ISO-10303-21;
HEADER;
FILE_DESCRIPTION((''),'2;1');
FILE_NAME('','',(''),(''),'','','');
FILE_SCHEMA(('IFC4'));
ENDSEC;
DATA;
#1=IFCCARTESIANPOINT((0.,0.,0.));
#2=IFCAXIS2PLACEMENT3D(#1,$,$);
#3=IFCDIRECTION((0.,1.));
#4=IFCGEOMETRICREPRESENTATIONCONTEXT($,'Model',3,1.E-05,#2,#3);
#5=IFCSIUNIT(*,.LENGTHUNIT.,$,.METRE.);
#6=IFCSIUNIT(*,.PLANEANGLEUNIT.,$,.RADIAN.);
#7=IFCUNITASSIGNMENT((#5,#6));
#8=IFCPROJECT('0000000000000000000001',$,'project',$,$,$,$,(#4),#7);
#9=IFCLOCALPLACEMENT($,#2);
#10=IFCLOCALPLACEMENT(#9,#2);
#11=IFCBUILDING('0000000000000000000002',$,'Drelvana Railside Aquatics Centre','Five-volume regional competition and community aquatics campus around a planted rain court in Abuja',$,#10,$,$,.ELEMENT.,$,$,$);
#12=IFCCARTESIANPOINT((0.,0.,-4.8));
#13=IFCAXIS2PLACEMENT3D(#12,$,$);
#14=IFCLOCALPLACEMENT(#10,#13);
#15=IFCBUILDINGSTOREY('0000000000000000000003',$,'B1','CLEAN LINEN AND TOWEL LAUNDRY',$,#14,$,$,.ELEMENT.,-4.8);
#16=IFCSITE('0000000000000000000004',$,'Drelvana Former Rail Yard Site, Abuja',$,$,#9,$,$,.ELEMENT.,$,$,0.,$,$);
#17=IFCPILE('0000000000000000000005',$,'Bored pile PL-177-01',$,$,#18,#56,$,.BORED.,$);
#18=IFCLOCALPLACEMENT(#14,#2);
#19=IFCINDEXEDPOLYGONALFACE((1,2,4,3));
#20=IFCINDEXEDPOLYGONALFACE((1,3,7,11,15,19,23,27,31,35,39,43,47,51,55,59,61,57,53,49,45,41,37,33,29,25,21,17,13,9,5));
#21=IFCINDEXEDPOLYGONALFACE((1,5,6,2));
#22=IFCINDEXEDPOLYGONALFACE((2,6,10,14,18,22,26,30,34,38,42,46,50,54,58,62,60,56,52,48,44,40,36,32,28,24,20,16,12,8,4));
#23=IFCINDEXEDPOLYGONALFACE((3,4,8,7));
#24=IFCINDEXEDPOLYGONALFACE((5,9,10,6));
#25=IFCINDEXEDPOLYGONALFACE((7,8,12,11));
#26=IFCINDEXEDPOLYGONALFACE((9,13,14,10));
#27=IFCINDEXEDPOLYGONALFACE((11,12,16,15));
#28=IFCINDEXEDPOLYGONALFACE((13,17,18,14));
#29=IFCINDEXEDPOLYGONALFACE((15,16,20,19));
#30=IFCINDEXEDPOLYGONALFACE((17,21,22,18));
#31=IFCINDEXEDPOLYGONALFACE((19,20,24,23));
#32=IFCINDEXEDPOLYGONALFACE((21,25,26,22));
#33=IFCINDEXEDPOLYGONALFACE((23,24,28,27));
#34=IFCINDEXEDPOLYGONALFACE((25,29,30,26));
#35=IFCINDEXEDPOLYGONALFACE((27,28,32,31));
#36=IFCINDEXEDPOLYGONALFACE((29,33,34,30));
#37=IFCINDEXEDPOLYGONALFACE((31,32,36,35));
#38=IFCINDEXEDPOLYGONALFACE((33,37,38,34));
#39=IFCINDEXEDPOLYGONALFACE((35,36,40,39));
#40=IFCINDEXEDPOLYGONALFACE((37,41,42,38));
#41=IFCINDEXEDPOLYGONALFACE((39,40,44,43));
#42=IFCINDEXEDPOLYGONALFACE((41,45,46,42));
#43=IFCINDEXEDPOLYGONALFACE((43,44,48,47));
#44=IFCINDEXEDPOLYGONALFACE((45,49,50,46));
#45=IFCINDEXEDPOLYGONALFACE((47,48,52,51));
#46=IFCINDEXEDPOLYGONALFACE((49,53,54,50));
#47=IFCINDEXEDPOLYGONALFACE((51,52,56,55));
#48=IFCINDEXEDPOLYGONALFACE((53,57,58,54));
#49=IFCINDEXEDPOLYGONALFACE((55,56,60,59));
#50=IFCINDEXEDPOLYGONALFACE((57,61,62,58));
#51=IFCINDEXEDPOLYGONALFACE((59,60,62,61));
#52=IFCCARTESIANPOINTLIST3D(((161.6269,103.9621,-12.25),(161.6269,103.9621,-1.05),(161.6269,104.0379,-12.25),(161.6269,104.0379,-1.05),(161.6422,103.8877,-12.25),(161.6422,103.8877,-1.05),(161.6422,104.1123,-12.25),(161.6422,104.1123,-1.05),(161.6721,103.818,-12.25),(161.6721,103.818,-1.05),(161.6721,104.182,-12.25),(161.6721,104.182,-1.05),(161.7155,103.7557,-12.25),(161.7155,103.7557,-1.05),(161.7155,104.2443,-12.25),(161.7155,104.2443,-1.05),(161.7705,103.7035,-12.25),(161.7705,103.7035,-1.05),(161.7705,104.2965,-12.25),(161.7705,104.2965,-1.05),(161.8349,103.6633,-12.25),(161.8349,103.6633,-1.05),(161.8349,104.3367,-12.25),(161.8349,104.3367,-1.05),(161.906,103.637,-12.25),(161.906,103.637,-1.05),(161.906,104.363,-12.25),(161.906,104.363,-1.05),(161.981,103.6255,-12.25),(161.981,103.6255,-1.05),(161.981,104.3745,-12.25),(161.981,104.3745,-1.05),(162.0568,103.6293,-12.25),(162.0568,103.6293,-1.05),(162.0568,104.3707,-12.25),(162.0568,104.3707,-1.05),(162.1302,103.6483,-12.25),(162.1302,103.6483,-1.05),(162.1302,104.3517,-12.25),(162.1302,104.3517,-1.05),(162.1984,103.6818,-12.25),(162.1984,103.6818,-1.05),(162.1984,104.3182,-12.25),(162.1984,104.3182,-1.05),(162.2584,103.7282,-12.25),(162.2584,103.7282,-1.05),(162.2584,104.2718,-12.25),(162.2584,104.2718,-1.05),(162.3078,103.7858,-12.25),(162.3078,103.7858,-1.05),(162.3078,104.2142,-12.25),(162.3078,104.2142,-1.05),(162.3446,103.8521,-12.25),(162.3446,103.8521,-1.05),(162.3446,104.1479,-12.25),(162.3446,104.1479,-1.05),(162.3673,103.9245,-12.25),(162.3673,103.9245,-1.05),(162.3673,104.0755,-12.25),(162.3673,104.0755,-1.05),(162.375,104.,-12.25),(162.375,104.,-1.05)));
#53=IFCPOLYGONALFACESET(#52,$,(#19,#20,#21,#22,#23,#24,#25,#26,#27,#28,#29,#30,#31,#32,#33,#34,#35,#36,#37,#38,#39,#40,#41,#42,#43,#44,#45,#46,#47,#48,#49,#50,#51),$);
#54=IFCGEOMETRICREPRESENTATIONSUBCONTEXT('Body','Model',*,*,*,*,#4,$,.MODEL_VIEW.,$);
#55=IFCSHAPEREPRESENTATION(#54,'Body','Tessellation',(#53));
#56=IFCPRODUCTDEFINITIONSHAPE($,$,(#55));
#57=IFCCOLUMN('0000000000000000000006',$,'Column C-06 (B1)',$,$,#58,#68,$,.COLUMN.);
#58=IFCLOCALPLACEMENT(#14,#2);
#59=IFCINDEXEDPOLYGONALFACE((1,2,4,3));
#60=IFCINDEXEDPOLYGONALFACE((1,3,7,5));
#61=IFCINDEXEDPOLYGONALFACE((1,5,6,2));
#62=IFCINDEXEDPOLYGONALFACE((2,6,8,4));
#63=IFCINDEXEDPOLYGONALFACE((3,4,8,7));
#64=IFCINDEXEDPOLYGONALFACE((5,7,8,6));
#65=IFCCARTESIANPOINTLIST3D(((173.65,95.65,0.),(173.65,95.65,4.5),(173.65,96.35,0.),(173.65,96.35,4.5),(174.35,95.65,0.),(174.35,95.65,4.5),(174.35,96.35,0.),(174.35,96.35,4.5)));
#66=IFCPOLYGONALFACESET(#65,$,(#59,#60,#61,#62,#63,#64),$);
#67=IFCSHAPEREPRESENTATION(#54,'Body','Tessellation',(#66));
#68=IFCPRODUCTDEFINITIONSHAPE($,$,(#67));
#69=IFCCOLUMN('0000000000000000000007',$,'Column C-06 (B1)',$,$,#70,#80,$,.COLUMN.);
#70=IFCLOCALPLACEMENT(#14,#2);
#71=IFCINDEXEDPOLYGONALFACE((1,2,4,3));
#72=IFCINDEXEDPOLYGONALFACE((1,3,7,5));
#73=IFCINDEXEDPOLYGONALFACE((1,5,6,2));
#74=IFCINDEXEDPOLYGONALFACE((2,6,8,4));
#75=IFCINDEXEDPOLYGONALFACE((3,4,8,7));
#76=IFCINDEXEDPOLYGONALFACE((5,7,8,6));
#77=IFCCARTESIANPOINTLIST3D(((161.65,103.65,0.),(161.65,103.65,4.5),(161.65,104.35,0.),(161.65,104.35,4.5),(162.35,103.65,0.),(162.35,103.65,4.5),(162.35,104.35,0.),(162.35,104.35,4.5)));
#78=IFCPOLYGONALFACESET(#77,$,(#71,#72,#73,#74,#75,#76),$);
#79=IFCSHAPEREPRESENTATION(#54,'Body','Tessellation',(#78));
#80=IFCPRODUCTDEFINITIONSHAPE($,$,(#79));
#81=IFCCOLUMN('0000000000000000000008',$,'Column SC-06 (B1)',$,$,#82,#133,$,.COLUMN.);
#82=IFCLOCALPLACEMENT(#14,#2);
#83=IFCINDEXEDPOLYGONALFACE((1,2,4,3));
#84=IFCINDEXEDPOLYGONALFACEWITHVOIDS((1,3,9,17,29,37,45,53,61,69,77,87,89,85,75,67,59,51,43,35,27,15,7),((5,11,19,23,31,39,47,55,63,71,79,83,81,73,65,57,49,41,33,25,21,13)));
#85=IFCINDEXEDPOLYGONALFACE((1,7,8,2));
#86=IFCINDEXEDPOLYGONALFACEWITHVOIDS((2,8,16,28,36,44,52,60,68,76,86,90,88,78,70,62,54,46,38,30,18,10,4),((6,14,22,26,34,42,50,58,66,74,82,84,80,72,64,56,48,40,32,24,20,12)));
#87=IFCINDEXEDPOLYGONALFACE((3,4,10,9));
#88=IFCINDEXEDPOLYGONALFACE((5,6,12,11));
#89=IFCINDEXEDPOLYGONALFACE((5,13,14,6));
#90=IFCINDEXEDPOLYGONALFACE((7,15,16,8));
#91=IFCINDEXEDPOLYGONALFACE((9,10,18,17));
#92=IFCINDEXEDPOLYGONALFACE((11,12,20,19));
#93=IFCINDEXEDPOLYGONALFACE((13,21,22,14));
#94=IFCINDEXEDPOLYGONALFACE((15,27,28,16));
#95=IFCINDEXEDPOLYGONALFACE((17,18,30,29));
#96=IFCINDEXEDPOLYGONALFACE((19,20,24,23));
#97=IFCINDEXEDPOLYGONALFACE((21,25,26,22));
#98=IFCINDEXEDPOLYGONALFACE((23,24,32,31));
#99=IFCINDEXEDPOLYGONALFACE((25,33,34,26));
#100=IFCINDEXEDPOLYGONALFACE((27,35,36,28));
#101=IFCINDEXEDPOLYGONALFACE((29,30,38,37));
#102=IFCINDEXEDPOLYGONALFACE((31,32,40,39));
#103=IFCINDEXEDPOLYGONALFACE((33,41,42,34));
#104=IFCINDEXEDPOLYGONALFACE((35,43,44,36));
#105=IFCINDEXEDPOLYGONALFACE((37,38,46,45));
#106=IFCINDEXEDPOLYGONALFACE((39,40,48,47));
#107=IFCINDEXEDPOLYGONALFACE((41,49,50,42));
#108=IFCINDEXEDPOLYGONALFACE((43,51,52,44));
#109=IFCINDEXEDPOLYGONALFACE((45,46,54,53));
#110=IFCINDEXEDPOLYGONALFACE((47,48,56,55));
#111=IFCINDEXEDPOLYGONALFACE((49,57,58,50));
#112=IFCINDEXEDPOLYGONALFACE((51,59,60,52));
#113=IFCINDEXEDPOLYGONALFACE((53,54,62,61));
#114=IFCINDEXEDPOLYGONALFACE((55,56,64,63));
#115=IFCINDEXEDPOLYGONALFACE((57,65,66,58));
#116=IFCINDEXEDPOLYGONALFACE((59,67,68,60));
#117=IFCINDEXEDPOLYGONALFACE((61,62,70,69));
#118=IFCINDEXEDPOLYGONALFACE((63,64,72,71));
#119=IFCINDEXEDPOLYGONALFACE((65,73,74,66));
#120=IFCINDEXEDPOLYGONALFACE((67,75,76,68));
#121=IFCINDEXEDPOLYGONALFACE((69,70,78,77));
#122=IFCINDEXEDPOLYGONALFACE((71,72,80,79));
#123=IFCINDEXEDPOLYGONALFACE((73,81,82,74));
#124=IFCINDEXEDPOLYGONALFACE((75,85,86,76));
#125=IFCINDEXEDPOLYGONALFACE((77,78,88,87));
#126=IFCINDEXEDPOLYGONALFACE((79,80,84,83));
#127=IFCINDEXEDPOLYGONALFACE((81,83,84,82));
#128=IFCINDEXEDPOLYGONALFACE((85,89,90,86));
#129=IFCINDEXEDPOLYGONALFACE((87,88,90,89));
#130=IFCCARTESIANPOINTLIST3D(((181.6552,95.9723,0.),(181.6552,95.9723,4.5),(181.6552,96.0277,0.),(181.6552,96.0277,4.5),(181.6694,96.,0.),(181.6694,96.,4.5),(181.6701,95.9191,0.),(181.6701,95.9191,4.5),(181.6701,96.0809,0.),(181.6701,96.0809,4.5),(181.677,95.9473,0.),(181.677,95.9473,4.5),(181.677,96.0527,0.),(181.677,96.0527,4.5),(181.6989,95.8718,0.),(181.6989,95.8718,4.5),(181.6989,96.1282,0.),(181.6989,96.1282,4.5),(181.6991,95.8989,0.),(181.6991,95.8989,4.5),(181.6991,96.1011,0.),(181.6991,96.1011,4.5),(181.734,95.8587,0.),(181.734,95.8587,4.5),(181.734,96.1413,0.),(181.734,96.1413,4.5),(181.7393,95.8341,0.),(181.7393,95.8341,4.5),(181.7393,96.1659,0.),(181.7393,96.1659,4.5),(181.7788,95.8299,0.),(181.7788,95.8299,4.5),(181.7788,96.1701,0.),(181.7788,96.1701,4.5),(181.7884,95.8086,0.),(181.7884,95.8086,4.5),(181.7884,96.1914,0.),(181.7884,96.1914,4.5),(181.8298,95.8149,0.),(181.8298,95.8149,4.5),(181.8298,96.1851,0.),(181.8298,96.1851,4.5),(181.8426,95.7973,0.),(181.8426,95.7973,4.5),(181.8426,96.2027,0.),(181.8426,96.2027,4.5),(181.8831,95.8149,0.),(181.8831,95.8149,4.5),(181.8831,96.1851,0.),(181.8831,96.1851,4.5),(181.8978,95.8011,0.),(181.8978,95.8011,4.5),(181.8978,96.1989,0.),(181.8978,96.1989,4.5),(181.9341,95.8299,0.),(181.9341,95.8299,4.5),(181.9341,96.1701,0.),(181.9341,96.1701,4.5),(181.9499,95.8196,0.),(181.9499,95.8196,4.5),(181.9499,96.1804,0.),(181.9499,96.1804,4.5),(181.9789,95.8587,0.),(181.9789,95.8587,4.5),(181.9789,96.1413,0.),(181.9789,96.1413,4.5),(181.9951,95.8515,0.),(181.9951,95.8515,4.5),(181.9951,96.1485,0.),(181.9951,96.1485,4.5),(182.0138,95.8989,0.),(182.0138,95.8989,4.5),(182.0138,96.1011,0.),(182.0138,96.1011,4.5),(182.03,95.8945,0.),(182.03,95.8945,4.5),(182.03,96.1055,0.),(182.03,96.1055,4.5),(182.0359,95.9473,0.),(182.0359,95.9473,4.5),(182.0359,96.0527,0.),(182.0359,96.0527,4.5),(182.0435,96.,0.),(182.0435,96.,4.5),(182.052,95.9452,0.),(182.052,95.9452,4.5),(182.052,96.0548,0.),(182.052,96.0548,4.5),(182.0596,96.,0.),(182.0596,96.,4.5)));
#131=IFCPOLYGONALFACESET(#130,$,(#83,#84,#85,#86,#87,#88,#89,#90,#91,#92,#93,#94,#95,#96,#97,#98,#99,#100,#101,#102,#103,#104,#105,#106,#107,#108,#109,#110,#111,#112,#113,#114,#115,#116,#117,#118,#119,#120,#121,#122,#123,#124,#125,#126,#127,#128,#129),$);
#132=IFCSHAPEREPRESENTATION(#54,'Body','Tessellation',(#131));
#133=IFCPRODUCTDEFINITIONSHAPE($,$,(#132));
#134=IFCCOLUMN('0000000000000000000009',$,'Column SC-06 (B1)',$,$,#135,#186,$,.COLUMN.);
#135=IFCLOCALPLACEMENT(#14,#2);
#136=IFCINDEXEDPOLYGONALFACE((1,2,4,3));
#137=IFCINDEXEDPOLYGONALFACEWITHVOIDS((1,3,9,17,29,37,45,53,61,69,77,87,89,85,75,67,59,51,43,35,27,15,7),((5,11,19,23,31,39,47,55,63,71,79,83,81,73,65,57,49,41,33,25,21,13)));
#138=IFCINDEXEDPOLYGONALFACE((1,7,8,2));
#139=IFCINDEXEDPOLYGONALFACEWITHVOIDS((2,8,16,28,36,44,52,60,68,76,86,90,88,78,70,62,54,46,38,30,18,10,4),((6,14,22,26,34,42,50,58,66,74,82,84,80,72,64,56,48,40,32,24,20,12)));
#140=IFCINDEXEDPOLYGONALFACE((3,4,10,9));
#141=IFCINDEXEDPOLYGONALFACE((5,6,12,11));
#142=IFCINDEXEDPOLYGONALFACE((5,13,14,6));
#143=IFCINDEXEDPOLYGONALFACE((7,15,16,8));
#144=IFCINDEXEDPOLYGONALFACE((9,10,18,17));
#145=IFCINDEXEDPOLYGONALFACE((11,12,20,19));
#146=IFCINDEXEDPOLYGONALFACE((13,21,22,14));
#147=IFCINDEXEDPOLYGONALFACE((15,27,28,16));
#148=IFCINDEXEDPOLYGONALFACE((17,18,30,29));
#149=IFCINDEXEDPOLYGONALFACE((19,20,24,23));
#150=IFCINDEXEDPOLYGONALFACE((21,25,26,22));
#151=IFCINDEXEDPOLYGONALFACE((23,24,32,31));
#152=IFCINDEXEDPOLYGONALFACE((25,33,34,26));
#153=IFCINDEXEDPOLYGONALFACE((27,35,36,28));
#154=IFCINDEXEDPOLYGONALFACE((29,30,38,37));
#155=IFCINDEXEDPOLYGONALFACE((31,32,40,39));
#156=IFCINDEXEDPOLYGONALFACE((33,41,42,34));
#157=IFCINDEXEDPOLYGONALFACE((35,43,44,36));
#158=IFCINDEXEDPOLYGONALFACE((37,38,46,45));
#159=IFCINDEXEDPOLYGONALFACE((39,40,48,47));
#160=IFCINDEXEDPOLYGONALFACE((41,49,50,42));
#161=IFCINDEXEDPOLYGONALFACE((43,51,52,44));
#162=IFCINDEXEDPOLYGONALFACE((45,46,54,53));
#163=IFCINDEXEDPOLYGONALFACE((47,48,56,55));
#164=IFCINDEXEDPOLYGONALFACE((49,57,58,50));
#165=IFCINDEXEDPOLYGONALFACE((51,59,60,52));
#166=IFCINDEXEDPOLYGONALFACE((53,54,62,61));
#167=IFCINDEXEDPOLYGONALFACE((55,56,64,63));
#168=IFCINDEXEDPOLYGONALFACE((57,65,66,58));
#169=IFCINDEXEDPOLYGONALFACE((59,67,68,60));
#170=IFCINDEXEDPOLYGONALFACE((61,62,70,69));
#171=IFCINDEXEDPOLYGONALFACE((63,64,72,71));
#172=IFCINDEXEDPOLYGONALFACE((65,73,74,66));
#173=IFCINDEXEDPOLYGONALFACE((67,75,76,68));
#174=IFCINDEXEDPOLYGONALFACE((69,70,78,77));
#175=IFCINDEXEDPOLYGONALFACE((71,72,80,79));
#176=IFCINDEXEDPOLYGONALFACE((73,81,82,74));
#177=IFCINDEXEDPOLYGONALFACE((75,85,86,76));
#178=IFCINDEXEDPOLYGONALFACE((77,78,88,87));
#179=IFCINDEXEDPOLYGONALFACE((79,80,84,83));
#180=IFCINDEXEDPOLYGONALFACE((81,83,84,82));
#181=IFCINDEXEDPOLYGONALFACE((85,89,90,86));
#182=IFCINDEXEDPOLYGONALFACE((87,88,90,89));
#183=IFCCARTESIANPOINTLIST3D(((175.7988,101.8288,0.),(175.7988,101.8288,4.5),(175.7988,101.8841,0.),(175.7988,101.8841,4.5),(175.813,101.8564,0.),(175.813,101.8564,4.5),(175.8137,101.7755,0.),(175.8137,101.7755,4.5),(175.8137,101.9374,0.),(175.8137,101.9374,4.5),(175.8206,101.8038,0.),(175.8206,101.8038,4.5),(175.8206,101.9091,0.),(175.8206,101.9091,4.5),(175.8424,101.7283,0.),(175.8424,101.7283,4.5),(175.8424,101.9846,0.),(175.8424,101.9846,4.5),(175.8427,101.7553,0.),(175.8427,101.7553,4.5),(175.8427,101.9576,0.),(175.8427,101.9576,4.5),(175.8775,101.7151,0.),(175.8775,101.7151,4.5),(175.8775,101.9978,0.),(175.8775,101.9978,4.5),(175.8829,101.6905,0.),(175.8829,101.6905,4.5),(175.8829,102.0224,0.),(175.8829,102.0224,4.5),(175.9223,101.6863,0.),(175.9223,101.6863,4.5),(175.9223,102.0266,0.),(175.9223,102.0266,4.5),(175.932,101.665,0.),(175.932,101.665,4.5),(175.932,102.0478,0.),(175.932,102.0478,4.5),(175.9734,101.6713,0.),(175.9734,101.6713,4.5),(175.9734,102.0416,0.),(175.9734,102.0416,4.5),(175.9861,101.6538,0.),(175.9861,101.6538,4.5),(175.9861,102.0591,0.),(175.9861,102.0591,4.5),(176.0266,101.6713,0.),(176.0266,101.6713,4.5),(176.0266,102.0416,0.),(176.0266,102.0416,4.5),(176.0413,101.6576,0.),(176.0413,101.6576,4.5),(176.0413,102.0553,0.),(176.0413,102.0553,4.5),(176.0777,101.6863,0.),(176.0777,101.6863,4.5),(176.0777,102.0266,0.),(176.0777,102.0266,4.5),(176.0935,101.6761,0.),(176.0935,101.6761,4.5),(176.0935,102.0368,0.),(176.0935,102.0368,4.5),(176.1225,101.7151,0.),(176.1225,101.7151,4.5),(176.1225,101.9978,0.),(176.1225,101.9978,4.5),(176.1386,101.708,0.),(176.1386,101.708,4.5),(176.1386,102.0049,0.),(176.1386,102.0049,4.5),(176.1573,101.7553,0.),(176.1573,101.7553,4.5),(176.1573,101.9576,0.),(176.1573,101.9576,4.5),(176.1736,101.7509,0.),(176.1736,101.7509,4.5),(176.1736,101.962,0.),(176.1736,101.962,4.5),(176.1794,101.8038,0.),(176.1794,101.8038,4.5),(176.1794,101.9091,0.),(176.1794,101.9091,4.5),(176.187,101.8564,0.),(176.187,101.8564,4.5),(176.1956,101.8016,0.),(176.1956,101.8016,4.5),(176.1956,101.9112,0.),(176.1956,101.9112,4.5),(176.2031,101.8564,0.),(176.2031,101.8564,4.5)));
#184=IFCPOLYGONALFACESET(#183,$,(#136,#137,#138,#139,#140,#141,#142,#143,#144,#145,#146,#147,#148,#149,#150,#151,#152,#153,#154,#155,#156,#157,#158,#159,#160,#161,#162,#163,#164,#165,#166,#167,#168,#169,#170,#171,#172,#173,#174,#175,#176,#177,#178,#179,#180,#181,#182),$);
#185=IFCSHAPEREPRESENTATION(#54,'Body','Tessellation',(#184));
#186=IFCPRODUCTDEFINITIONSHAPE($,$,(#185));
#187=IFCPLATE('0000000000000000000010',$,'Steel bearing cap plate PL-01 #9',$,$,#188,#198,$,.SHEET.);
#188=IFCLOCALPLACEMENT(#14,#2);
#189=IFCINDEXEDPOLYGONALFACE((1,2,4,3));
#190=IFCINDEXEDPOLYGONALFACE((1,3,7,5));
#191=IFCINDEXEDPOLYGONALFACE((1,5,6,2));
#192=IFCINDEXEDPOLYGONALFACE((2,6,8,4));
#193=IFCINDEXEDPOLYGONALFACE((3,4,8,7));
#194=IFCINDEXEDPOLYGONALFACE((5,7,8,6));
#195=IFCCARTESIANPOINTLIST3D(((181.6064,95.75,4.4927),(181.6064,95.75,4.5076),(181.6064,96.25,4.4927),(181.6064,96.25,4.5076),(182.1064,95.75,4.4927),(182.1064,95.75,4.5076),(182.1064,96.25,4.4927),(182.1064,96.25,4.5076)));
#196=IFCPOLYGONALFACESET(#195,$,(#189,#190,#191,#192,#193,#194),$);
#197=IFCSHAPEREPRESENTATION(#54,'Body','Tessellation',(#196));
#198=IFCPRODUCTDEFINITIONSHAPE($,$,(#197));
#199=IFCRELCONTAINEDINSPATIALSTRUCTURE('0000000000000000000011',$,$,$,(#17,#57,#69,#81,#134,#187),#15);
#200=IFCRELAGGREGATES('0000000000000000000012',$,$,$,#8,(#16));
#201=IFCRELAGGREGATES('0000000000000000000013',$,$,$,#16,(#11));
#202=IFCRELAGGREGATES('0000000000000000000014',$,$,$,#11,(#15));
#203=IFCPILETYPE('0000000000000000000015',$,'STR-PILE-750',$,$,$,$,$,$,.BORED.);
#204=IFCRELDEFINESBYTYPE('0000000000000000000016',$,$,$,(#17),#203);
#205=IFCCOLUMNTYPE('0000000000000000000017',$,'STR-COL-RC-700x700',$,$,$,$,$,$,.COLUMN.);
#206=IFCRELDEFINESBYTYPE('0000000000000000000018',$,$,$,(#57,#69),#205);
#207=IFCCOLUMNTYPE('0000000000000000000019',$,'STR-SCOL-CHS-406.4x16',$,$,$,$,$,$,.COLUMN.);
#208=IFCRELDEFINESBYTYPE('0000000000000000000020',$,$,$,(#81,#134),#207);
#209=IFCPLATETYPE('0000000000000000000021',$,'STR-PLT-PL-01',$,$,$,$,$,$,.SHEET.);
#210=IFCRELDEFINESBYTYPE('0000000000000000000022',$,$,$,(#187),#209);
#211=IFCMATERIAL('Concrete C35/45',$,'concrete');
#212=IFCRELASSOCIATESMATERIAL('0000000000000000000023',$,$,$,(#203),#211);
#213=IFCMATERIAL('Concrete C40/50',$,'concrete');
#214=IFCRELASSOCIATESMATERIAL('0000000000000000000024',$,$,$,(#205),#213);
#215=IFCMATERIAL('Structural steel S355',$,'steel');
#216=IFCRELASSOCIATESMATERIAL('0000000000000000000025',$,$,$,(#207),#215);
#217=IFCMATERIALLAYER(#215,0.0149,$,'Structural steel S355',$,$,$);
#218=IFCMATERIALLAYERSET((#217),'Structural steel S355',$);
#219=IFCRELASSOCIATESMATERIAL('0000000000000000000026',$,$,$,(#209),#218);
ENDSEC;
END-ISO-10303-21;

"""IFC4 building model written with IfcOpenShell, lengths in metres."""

from ifc_helpers import new_model, si_unit, direction, frame, origin, origin_2d, place, context, subcontext, project, spatial, rectangle, circle, hollow_circle, extrude, material, layer, layer_set, material_profile, profile_set, type_object, element, save


model = new_model("IFC4")

# Units and contexts
model_context = context("Model", 3, precision=1e-05, world=origin(), true_north=direction((0.0, 1.0)))
body_context = subcontext(model_context, "Body", "Model", "MODEL_VIEW")
ifc_project = project(units=[si_unit("LENGTHUNIT", "METRE"), si_unit("PLANEANGLEUNIT", "RADIAN")], contexts=[model_context])

# Site, building, storey
site_placement = place(None, origin())
site = spatial("IfcSite", under=ifc_project, at=site_placement, Name="Drelvana Former Rail Yard Site, Abuja", CompositionType="ELEMENT", RefElevation=0.0)
building_placement = place(site_placement, origin())
building = spatial("IfcBuilding", under=site, at=building_placement, Name="Drelvana Railside Aquatics Centre", Description="Five-volume regional competition and community aquatics campus around a planted rain court in Abuja", CompositionType="ELEMENT")
storey_placement = place(building_placement, frame((0.0, 0.0, -4.8)))
storey = spatial("IfcBuildingStorey", under=building, at=storey_placement, Name="B1", Description="CLEAN LINEN AND TOWEL LAUNDRY", CompositionType="ELEMENT", Elevation=-4.8)

# Shared definitions
ifc_material_1 = material(Name="Concrete C35/45", Category="concrete")

# Pile
ifc_material_profile_1 = material_profile(ifc_material_1, circle(Radius=0.375, at=origin_2d()), Name="PILE D750")
ifc_profile_set_1 = profile_set([ifc_material_profile_1], Name="Concrete C35/45")
pile_type = type_object("IfcPileType", Name="STR-PILE-750", PredefinedType="BORED", material=ifc_profile_set_1)
for number, where, z_axis, x_axis, name in (
    (1, (162.0, 104.0, -1.05), (0.0, 0.0, -1.0), (1.0, 0.0, 0.0), "Bored pile PL-177-01"),
):
    element("IfcPile", number, at=place(storey_placement, frame(where, z_axis=z_axis, x_axis=x_axis)), inside=storey, type_object=pile_type, Name=name, PredefinedType="BORED", context=body_context, shape_type="SweptSolid", body=[
        extrude(circle(Radius=0.375, at=origin_2d()), origin(), (0.0, 0.0, 1.0), 11.2),
    ])

# Columns
ifc_material_2 = material(Name="Concrete C40/50", Category="concrete")
ifc_material_profile_2 = material_profile(ifc_material_2, rectangle(XDim=0.7, YDim=0.7, at=origin_2d()), Name="RC 700x700")
ifc_profile_set_2 = profile_set([ifc_material_profile_2], Name="Concrete C40/50")
column_type_1 = type_object("IfcColumnType", Name="STR-COL-RC-700x700", PredefinedType="COLUMN", material=ifc_profile_set_2)
for number, where, z_axis, x_axis, name in (
    (2, (174.0, 96.0, 0.0), (0.0, 0.0, 1.0), (1.0, 0.0, 0.0), "Column C-06 (B1)"),
    (3, (162.0, 104.0, 0.0), (0.0, 0.0, 1.0), (1.0, 0.0, 0.0), "Column C-06 (B1)"),
):
    element("IfcColumn", number, at=place(storey_placement, frame(where, z_axis=z_axis, x_axis=x_axis)), inside=storey, type_object=column_type_1, Name=name, PredefinedType="COLUMN", context=body_context, shape_type="SweptSolid", body=[
        extrude(rectangle(XDim=0.7, YDim=0.7, at=origin_2d()), origin(), (0.0, 0.0, 1.0), 4.5),
    ])
ifc_material_3 = material(Name="Structural steel S355", Category="steel")
ifc_material_profile_3 = material_profile(ifc_material_3, hollow_circle(Radius=0.2031, WallThickness=0.0161, at=origin_2d()), Name="CHS 406.4x16")
ifc_profile_set_3 = profile_set([ifc_material_profile_3], Name="Structural steel S355")
column_type_2 = type_object("IfcColumnType", Name="STR-SCOL-CHS-406.4x16", PredefinedType="COLUMN", material=ifc_profile_set_3)
for number, where, z_axis, x_axis, name in (
    (4, (181.8564, 96.0, 0.0), (0.0, 0.0, 1.0), (1.0, 0.0, 0.0), "Column SC-06 (B1)"),
    (5, (176.0, 101.8564, 0.0), (0.0, 0.0, 1.0), (1.0, 0.0, 0.0), "Column SC-06 (B1)"),
):
    element("IfcColumn", number, at=place(storey_placement, frame(where, z_axis=z_axis, x_axis=x_axis)), inside=storey, type_object=column_type_2, Name=name, PredefinedType="COLUMN", context=body_context, shape_type="SweptSolid", body=[
        extrude(hollow_circle(Radius=0.2031, WallThickness=0.0161, at=origin_2d()), origin(), (0.0, 0.0, 1.0), 4.5),
    ])

# Plate
ifc_layer_1 = layer(ifc_material_3, 0.0149, Name="Structural steel S355")
ifc_layer_set_1 = layer_set([ifc_layer_1], Name="Structural steel S355")
plate_type = type_object("IfcPlateType", Name="STR-PLT-PL-01", PredefinedType="SHEET", material=ifc_layer_set_1)
for number, where, z_axis, x_axis, name in (
    (6, (181.8564, 96.0, 4.4927), (0.0, 0.0, 1.0), (1.0, 0.0, 0.0), "Steel bearing cap plate PL-01 #9"),
):
    element("IfcPlate", number, at=place(storey_placement, frame(where, z_axis=z_axis, x_axis=x_axis)), inside=storey, type_object=plate_type, Name=name, PredefinedType="SHEET", context=body_context, shape_type="SweptSolid", body=[
        extrude(rectangle(XDim=0.5, YDim=0.5, at=origin_2d()), origin(), (0.0, 0.0, 1.0), 0.0149),
    ])

save(model, "model.ifc")
